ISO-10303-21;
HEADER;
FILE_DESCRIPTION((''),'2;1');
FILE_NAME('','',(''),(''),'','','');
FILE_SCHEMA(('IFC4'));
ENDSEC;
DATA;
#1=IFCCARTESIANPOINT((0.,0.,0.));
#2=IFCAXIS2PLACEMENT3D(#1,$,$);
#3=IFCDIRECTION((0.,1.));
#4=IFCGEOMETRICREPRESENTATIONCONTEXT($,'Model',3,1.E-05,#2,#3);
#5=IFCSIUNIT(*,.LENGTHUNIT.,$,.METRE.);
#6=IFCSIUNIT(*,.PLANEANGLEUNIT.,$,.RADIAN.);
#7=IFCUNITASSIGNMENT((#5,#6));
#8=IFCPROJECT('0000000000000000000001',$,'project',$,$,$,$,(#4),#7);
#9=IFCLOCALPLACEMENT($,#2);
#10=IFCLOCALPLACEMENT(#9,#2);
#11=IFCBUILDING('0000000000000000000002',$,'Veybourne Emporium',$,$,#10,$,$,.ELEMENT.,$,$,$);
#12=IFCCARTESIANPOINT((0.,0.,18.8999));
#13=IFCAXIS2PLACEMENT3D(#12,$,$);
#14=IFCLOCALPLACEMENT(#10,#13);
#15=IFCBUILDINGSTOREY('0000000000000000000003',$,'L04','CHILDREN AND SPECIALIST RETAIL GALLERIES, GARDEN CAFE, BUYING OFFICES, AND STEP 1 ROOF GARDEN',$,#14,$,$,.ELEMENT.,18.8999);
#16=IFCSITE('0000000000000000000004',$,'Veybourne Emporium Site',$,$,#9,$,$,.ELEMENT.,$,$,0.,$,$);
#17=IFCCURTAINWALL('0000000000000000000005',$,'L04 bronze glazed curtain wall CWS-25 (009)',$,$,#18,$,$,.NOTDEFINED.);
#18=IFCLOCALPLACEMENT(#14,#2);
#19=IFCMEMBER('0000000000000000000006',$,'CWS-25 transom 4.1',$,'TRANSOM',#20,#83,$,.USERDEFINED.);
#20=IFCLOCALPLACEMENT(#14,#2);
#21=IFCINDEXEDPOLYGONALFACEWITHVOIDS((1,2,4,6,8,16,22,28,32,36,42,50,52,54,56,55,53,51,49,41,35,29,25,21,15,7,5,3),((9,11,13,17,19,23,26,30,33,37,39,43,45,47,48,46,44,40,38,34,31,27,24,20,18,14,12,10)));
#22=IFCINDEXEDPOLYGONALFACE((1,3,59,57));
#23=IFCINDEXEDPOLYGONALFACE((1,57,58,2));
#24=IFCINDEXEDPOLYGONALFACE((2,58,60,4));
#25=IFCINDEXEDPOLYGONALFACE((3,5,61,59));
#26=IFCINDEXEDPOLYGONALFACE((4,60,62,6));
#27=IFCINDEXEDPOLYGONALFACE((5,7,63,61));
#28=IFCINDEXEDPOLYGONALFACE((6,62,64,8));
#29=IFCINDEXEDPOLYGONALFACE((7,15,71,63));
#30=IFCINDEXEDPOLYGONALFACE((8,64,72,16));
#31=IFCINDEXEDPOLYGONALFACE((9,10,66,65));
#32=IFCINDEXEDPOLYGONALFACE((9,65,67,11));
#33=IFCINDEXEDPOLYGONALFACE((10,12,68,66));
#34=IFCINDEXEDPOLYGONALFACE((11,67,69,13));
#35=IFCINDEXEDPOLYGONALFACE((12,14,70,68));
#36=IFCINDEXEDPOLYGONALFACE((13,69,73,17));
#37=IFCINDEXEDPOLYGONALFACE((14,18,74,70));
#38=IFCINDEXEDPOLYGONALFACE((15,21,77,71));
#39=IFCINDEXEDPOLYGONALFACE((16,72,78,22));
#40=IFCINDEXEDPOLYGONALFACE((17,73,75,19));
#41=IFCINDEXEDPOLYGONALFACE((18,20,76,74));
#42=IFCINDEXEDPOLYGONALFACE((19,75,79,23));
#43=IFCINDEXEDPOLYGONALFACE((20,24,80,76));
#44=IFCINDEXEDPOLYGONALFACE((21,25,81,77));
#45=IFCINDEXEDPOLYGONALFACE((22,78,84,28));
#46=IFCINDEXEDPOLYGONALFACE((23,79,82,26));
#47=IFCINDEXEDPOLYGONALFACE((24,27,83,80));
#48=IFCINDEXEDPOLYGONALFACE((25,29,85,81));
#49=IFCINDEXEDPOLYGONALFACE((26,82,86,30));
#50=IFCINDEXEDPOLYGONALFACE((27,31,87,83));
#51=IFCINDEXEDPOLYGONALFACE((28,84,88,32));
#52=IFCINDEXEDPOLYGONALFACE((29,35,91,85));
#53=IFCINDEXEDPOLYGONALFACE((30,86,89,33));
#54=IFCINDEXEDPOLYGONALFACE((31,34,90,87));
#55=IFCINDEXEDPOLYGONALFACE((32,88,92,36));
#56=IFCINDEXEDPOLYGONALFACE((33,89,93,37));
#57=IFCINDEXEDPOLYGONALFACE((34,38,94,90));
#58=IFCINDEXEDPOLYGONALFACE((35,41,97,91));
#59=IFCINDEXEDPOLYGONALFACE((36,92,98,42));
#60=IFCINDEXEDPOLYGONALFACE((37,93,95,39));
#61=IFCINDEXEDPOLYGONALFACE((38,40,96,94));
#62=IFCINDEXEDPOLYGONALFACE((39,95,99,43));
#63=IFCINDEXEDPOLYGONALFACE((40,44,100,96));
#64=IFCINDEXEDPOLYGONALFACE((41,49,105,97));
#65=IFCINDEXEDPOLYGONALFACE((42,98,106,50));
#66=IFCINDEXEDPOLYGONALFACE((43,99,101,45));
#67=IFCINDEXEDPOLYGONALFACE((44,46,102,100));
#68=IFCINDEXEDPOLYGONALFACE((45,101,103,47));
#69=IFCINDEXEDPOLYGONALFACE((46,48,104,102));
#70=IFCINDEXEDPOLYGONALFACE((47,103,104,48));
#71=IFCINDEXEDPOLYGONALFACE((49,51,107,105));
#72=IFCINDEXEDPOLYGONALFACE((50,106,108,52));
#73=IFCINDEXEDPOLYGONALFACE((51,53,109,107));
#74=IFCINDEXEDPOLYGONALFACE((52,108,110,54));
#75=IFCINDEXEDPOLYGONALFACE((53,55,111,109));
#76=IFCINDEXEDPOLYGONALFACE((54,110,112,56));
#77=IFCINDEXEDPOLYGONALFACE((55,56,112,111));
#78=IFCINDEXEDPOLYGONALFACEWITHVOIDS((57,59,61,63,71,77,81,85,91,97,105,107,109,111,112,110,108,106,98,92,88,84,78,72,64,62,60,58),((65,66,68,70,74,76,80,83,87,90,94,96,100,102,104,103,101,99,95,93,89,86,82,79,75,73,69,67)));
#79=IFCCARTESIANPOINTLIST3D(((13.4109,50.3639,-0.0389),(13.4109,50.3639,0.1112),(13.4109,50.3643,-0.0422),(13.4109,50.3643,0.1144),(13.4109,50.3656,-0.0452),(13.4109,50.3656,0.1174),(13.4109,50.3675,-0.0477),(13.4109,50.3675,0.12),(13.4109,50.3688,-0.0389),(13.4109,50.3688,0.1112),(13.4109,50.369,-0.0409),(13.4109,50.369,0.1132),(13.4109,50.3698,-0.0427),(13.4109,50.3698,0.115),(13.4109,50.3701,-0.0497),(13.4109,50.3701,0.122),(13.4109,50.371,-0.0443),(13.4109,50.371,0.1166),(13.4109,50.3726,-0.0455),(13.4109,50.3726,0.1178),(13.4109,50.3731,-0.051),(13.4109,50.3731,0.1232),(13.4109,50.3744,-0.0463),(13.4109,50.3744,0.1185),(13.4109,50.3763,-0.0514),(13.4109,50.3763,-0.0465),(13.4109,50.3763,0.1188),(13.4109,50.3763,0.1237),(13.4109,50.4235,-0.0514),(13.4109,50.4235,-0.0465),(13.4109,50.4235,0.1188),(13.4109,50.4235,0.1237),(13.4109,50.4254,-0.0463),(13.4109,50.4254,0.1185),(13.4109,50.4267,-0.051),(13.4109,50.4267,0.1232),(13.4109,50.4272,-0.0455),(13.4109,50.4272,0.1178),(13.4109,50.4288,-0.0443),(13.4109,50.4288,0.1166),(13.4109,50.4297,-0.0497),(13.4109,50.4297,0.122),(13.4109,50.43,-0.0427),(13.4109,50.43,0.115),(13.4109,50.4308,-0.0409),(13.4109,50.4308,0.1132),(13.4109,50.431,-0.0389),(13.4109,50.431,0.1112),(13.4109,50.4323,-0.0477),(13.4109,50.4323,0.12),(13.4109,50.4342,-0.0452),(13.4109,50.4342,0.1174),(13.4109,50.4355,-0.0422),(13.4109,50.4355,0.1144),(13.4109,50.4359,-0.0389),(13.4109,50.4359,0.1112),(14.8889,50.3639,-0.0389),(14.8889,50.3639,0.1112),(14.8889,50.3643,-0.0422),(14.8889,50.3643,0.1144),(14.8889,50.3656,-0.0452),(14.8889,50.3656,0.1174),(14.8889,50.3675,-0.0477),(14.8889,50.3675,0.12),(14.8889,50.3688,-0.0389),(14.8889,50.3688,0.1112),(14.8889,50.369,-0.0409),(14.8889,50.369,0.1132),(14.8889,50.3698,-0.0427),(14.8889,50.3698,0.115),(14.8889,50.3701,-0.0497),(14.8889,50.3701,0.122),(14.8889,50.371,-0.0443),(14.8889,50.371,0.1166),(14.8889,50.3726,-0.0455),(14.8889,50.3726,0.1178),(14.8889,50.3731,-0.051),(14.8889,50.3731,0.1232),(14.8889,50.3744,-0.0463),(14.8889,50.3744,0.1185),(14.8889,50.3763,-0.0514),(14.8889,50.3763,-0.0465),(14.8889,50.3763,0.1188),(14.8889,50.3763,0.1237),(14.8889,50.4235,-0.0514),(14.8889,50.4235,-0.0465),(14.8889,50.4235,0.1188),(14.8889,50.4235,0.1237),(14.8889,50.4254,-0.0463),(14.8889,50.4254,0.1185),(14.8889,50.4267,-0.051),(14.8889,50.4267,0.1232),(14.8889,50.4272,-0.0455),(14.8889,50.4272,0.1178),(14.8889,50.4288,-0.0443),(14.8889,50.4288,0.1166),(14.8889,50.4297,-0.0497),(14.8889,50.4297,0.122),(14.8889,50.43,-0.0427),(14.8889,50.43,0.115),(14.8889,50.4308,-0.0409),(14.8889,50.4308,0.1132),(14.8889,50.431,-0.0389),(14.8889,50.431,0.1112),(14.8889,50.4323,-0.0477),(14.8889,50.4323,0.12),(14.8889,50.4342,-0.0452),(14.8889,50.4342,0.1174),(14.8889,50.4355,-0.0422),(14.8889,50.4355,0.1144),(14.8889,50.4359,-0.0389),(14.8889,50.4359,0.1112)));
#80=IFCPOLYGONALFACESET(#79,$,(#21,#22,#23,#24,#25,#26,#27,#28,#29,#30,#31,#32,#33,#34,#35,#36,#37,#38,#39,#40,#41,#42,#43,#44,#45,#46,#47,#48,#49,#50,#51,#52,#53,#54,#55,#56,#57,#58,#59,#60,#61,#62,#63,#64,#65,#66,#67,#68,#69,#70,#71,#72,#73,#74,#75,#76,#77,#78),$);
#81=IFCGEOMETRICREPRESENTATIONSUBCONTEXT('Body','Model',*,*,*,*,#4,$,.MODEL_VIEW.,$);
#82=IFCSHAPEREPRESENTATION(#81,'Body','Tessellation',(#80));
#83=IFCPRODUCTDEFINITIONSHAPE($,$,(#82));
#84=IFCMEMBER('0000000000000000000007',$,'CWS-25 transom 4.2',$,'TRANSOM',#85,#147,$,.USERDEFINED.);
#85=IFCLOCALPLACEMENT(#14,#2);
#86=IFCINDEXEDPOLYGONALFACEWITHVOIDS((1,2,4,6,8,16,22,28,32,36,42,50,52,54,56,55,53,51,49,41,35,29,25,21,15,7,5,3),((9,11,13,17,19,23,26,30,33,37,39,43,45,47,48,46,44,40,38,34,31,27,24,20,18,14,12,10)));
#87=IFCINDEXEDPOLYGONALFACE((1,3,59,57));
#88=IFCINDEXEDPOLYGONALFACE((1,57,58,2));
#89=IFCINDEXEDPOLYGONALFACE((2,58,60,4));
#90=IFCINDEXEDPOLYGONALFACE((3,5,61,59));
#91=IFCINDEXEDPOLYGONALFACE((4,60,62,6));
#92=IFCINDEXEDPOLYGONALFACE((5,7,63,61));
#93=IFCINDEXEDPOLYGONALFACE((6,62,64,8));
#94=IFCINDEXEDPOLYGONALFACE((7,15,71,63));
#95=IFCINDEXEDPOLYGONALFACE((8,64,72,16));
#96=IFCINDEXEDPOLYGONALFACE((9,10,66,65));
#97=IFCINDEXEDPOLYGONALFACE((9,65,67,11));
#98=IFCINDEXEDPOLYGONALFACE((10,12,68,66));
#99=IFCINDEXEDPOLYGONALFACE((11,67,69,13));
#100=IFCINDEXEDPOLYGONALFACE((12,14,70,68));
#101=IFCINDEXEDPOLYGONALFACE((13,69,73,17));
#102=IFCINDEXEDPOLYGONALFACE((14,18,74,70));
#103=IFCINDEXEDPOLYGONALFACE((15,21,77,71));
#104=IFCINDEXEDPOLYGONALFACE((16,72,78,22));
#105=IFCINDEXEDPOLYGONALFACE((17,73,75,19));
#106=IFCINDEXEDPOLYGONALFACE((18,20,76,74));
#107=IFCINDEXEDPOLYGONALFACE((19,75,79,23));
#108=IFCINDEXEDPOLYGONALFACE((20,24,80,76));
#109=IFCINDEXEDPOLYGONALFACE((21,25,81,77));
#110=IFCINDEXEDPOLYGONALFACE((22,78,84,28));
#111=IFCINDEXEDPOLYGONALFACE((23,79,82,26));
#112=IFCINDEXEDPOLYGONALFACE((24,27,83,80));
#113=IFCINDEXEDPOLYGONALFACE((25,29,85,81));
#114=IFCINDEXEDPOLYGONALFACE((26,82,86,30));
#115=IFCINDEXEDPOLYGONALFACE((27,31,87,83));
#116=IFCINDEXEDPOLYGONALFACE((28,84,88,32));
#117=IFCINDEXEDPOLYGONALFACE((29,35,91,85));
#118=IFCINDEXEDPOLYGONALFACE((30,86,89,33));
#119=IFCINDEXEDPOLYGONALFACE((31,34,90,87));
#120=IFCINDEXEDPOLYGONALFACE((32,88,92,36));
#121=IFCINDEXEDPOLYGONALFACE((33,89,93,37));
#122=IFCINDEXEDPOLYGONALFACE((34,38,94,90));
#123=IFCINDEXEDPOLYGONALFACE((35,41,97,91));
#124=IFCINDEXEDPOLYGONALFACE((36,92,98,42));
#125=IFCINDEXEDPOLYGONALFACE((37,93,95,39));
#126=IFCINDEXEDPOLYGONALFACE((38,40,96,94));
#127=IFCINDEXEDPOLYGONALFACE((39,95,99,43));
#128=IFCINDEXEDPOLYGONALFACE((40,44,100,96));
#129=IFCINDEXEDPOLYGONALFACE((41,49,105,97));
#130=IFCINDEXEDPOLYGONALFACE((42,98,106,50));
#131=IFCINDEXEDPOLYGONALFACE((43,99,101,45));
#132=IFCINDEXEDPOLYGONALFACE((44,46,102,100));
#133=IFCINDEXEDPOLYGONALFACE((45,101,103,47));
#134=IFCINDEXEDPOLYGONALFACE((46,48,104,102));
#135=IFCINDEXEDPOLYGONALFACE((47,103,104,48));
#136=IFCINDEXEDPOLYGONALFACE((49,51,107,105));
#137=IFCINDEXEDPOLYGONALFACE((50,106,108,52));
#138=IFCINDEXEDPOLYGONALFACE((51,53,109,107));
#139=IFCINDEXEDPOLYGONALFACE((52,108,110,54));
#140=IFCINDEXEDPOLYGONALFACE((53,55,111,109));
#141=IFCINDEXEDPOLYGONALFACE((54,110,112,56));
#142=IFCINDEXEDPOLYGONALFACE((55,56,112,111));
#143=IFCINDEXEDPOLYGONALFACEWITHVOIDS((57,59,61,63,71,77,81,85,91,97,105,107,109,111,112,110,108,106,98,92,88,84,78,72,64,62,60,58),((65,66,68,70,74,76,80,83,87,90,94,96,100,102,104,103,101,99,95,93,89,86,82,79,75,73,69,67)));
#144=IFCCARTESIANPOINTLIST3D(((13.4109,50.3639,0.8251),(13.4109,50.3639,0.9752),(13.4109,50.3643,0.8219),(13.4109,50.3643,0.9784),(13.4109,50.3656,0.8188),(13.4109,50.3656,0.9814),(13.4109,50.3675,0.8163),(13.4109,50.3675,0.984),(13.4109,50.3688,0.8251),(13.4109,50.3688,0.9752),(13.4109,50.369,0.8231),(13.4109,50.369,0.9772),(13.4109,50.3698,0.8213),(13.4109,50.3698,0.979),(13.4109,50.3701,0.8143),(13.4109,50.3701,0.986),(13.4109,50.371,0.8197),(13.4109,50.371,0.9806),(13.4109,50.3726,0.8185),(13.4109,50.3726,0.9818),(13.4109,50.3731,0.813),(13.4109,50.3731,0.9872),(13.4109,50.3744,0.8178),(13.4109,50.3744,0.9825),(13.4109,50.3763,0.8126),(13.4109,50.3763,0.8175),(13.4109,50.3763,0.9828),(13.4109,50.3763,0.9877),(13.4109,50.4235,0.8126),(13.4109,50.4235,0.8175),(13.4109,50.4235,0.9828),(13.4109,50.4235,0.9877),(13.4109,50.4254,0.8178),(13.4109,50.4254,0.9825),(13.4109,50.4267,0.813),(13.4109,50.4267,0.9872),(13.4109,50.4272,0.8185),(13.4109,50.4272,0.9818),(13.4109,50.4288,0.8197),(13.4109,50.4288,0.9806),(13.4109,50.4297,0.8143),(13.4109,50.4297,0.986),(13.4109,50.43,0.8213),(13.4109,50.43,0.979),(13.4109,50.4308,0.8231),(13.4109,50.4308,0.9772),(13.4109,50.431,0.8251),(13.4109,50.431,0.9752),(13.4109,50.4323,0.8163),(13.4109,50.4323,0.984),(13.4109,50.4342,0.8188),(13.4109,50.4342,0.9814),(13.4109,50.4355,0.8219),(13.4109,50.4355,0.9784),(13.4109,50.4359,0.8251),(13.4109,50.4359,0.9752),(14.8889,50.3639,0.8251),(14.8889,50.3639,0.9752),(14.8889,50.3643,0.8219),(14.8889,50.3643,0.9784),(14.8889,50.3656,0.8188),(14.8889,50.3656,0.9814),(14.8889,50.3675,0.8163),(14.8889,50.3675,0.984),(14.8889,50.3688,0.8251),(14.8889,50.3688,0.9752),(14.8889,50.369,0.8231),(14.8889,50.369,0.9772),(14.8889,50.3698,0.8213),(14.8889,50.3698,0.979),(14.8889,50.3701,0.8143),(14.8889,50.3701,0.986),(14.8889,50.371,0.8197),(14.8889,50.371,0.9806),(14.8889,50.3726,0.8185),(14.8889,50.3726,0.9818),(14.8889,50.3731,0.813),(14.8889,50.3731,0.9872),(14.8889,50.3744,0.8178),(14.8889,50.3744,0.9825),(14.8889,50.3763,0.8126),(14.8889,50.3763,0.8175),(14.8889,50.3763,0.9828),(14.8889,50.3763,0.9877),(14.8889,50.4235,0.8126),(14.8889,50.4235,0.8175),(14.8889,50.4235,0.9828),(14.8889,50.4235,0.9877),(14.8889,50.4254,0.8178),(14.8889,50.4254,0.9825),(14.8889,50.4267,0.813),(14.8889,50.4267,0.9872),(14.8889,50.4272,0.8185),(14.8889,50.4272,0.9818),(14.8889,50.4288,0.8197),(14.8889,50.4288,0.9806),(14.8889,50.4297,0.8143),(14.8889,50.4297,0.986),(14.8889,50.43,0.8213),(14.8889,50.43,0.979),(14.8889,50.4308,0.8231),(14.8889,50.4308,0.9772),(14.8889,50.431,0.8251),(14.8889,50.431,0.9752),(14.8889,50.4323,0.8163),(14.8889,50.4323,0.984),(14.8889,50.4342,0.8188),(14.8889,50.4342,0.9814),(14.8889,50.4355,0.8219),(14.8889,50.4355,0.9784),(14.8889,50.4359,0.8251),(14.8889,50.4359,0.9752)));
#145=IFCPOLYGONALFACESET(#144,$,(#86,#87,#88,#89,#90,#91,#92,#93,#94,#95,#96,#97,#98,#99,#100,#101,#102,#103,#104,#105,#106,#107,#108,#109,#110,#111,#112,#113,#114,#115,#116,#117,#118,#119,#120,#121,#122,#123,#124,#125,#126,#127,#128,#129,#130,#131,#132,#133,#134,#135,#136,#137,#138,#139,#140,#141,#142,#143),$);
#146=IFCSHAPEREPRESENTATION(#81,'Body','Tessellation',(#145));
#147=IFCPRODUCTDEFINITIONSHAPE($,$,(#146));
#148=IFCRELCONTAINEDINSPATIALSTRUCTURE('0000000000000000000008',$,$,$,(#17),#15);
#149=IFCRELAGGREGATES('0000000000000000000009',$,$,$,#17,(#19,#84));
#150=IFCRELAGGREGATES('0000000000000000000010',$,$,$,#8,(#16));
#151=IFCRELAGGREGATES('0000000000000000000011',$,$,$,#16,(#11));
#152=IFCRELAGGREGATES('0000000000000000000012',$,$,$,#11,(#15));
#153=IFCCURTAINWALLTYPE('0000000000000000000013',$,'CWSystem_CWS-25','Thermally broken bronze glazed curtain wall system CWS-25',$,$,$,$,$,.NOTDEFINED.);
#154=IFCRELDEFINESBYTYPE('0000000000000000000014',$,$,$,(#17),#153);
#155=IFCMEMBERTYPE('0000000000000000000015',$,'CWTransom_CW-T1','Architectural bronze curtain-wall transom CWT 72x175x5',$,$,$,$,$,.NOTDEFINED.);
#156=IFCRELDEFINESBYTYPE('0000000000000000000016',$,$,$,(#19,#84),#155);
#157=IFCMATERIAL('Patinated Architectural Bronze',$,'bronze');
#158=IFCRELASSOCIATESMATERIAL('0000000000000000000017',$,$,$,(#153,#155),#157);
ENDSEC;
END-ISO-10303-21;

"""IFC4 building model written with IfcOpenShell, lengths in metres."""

from ifc_helpers import new_model, si_unit, direction, frame, origin, origin_2d, place, context, subcontext, project, spatial, hollow_rectangle, extrude, material, material_profile, profile_set, type_object, element, aggregate, save


model = new_model("IFC4")

# Units and contexts
model_context = context("Model", 3, precision=1e-05, world=origin(), true_north=direction((0.0, 1.0)))
body_context = subcontext(model_context, "Body", "Model", "MODEL_VIEW")
ifc_project = project(units=[si_unit("LENGTHUNIT", "METRE"), si_unit("PLANEANGLEUNIT", "RADIAN")], contexts=[model_context])

# Site, building, storey
site_placement = place(None, origin())
site = spatial("IfcSite", under=ifc_project, at=site_placement, Name="Veybourne Emporium Site", CompositionType="ELEMENT", RefElevation=0.0)
building_placement = place(site_placement, origin())
building = spatial("IfcBuilding", under=site, at=building_placement, Name="Veybourne Emporium", CompositionType="ELEMENT")
storey_placement = place(building_placement, frame((0.0, 0.0, 18.8999)))
storey = spatial("IfcBuildingStorey", under=building, at=storey_placement, Name="L04", Description="CHILDREN AND SPECIALIST RETAIL GALLERIES, GARDEN CAFE, BUYING OFFICES, AND STEP 1 ROOF GARDEN", CompositionType="ELEMENT", Elevation=18.8999)

# Curtain wall, members
ifc_material_1 = material(Name="Patinated Architectural Bronze", Category="bronze")
curtain_wall_type = type_object("IfcCurtainWallType", Name="CWSystem_CWS-25", Description="Thermally broken bronze glazed curtain wall system CWS-25", PredefinedType="NOTDEFINED", material=ifc_material_1)
curtain_wall_placement = place(storey_placement, origin())
curtain_wall = element("IfcCurtainWall", 1, at=curtain_wall_placement, inside=storey, type_object=curtain_wall_type, Name="L04 bronze glazed curtain wall CWS-25 (009)", PredefinedType="NOTDEFINED")
ifc_material_profile_1 = material_profile(ifc_material_1, hollow_rectangle(XDim=0.072, YDim=0.175, WallThickness=0.0049, InnerFilletRadius=0.0076, OuterFilletRadius=0.0125, at=origin_2d()), Name="CWT 72x175x5")
ifc_profile_set_1 = profile_set([ifc_material_profile_1], Name="Patinated Architectural Bronze")
member_type_1 = type_object("IfcMemberType", Name="CWTransom_CW-T1", Description="Architectural bronze curtain-wall transom CWT 72x175x5", PredefinedType="NOTDEFINED", material=ifc_profile_set_1)
member_1_placement = place(storey_placement, frame((13.4109, 50.3999, 0.0361), z_axis=(1.0, 0.0, 0.0), x_axis=(0.0, 1.0, 0.0)))
member_1 = element("IfcMember", 2, at=member_1_placement, type_object=member_type_1, Name="CWS-25 transom 4.1", ObjectType="TRANSOM", PredefinedType="USERDEFINED", context=body_context, shape_type="SweptSolid", body=[
    extrude(hollow_rectangle(XDim=0.072, YDim=0.175, WallThickness=0.0049, InnerFilletRadius=0.0076, OuterFilletRadius=0.0125, at=origin_2d()), origin(), (0.0, 0.0, 1.0), 1.478),
])
member_2_placement = place(storey_placement, frame((13.4109, 50.3999, 0.9001), z_axis=(1.0, 0.0, 0.0), x_axis=(0.0, 1.0, 0.0)))
member_2 = element("IfcMember", 3, at=member_2_placement, type_object=member_type_1, Name="CWS-25 transom 4.2", ObjectType="TRANSOM", PredefinedType="USERDEFINED", context=body_context, shape_type="SweptSolid", body=[
    extrude(hollow_rectangle(XDim=0.072, YDim=0.175, WallThickness=0.0049, InnerFilletRadius=0.0076, OuterFilletRadius=0.0125, at=origin_2d()), origin(), (0.0, 0.0, 1.0), 1.478),
])

aggregate(curtain_wall, [member_1, member_2])

save(model, "model.ifc")
